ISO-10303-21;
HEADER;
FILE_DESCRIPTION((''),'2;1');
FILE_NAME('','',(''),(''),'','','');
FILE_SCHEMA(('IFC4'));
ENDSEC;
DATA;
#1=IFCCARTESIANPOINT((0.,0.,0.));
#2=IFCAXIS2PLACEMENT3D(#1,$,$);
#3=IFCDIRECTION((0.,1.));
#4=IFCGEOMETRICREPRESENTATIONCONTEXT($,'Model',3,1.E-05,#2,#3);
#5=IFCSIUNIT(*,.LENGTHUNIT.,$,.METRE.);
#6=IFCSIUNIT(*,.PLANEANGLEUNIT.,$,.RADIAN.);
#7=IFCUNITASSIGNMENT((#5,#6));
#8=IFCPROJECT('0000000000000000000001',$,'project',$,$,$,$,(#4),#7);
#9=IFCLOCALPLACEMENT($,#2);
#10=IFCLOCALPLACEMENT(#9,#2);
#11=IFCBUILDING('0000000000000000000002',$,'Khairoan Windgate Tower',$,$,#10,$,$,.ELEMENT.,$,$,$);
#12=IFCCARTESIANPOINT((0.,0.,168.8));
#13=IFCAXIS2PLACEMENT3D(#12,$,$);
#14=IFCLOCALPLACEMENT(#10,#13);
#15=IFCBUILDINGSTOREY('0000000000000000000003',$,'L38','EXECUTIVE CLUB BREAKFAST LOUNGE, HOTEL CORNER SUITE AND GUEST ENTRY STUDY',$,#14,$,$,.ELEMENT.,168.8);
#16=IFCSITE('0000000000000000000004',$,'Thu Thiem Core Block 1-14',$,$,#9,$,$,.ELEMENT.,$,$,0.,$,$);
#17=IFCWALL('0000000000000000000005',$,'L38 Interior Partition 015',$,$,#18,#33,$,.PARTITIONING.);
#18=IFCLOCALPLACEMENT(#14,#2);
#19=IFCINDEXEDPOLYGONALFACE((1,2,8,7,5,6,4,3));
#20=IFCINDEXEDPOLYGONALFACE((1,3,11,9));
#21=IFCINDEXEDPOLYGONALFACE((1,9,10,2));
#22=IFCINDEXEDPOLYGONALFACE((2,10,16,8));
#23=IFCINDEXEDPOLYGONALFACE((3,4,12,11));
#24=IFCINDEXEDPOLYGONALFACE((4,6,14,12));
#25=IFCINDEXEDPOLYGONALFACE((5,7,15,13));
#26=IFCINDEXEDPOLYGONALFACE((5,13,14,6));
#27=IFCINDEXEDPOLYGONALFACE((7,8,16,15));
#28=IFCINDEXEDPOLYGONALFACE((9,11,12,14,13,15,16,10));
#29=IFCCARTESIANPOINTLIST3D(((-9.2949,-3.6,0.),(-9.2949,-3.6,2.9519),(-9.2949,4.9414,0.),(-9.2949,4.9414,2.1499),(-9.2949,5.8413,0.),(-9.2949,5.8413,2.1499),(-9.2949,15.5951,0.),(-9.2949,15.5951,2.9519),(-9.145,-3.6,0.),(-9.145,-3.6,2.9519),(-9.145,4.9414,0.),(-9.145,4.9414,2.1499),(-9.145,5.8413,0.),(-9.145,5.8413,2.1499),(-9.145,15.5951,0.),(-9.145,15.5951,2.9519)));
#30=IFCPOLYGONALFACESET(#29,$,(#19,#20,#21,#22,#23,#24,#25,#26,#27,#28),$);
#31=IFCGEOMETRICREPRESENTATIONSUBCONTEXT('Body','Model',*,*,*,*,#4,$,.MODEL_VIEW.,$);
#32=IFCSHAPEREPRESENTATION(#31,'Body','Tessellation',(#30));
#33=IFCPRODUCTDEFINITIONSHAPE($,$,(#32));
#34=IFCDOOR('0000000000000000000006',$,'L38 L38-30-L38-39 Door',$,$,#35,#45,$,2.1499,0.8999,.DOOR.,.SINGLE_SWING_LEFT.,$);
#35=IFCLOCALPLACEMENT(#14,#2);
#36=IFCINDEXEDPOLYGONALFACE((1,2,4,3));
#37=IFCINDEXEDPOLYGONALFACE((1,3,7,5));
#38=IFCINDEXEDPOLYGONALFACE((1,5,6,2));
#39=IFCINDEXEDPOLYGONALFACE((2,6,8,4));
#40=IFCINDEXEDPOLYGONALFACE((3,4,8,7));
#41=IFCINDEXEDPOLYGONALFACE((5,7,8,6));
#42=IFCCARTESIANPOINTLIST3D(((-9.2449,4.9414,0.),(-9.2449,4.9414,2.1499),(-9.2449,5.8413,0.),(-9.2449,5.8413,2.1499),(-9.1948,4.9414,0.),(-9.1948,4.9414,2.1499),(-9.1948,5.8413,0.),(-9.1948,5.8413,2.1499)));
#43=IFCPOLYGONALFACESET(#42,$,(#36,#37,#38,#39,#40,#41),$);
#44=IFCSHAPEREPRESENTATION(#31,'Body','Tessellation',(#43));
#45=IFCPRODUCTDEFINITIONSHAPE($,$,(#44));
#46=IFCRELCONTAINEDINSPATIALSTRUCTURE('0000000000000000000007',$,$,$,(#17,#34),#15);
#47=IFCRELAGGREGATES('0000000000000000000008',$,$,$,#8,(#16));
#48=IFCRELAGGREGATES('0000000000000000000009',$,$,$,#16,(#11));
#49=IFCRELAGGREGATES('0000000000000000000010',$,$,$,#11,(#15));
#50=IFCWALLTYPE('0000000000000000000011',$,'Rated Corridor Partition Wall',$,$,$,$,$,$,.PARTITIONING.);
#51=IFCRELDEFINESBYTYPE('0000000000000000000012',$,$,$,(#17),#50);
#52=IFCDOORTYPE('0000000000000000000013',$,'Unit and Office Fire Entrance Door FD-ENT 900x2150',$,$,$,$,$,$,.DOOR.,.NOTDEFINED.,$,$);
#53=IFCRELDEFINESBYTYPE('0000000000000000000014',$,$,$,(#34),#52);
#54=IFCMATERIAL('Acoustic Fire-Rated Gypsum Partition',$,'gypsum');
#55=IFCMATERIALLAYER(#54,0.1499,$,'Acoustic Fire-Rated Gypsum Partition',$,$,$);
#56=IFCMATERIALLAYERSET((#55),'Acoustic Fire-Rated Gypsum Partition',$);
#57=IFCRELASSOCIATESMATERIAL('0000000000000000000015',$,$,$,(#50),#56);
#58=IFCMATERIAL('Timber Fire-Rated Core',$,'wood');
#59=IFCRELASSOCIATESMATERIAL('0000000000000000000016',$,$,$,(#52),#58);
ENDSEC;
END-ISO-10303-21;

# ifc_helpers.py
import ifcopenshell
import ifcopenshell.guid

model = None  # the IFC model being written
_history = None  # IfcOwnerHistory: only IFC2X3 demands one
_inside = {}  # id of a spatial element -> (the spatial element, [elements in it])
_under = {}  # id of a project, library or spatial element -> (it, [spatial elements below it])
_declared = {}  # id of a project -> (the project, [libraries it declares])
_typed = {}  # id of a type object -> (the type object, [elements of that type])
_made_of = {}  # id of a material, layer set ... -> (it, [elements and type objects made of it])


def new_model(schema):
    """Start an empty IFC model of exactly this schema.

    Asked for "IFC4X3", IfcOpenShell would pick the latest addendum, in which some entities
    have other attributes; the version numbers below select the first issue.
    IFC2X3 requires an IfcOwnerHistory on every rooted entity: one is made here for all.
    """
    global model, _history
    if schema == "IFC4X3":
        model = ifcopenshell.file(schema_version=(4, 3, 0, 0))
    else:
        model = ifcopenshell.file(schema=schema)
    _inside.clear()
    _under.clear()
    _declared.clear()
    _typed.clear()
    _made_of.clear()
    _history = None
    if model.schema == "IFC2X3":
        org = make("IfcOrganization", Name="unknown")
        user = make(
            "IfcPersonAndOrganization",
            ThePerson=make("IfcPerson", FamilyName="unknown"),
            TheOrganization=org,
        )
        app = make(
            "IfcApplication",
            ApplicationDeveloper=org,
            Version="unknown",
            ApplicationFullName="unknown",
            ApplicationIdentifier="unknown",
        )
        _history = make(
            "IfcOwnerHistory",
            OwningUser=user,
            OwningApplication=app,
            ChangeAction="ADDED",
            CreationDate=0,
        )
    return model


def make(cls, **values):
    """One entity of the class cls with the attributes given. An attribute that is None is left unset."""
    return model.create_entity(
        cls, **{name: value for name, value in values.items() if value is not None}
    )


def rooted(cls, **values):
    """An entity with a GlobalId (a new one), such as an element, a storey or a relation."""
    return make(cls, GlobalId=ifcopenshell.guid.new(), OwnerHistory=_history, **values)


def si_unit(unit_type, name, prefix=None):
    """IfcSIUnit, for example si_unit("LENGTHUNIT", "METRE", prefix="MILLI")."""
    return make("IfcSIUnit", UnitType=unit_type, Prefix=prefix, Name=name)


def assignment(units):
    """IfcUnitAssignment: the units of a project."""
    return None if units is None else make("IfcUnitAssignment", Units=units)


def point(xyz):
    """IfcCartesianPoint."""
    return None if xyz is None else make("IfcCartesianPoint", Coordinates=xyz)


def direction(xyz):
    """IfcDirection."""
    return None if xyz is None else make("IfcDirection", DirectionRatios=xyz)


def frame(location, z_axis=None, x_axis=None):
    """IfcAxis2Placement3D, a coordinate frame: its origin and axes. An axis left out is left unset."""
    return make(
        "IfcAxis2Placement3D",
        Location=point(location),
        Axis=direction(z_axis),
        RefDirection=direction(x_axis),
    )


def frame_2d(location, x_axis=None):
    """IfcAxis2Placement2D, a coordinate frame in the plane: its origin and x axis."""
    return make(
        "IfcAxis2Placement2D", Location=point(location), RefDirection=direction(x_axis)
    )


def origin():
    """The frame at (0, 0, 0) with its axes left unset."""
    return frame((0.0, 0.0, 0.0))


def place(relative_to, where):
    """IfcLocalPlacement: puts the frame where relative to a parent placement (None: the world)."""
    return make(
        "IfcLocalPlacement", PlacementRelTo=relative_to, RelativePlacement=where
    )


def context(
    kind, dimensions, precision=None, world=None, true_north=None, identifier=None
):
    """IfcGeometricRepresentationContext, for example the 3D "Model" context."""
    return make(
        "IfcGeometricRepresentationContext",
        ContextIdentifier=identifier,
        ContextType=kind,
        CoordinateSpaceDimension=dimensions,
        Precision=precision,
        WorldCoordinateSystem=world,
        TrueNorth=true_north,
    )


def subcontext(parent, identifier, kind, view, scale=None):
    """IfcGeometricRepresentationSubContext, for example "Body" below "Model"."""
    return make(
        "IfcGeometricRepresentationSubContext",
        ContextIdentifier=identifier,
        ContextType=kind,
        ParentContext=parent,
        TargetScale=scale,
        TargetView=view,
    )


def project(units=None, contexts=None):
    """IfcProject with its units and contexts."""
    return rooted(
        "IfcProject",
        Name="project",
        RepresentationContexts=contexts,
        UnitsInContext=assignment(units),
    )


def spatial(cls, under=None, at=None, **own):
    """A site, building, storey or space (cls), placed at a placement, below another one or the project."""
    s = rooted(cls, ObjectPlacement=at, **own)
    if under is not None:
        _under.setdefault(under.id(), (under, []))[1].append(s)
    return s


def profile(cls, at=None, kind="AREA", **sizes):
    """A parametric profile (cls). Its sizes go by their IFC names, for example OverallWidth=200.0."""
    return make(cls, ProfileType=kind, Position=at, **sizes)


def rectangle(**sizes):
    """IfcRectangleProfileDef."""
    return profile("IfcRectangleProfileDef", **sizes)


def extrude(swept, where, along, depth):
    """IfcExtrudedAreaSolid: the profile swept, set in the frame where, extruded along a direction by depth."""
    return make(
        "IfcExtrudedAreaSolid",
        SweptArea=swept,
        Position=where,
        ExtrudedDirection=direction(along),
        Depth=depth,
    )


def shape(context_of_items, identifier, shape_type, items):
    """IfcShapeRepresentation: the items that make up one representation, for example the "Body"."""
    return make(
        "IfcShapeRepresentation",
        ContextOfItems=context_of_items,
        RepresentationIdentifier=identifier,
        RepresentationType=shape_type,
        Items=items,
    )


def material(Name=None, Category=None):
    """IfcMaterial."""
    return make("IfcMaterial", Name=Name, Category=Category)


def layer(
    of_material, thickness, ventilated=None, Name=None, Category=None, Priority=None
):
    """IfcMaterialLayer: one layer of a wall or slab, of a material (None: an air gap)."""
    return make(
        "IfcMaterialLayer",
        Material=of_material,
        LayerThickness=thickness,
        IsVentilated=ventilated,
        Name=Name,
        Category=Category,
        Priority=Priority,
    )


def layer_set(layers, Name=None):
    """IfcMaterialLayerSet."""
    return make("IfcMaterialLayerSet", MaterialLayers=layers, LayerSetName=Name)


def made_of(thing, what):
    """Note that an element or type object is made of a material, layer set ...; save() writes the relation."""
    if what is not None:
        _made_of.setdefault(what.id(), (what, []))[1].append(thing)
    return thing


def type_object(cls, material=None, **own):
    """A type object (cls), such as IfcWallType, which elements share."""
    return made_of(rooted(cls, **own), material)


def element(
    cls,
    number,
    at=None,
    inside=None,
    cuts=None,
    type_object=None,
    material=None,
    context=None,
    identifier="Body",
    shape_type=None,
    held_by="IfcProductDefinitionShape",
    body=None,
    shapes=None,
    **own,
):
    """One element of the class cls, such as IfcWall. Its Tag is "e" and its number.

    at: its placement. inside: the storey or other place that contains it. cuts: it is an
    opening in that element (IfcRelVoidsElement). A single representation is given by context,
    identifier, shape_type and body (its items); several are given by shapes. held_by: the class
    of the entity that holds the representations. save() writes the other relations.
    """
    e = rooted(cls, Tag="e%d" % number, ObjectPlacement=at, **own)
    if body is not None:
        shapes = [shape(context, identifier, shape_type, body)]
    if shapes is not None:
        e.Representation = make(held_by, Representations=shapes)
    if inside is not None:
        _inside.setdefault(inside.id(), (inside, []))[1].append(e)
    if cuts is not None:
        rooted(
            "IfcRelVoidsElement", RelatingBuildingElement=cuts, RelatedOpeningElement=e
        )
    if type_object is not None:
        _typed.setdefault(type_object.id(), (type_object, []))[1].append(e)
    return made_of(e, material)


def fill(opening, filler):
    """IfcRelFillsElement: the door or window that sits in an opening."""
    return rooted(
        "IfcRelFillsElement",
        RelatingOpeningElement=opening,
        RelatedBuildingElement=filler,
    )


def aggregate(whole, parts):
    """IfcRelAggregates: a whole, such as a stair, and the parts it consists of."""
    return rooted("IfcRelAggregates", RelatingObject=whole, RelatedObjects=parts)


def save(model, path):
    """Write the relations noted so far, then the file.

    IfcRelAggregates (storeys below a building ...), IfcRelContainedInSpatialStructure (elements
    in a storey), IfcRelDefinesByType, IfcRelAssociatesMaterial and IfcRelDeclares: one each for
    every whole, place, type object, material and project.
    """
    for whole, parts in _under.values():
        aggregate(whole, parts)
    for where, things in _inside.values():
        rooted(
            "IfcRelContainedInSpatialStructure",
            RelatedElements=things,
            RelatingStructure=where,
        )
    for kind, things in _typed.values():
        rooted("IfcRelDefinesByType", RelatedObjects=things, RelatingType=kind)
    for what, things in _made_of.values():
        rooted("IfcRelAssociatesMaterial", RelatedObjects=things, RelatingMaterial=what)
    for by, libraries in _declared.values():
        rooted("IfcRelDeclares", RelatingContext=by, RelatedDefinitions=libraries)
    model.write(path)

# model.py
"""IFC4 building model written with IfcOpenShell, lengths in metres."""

from ifc_helpers import new_model, si_unit, direction, frame, frame_2d, origin, place, context, subcontext, project, spatial, rectangle, extrude, material, layer, layer_set, type_object, element, fill, save


model = new_model("IFC4")

# Units and contexts
model_context = context("Model", 3, precision=1e-05, world=origin(), true_north=direction((0.0, 1.0)))
body_context = subcontext(model_context, "Body", "Model", "MODEL_VIEW")
ifc_project = project(units=[si_unit("LENGTHUNIT", "METRE"), si_unit("PLANEANGLEUNIT", "RADIAN")], contexts=[model_context])

# Site, building, storey
site_placement = place(None, origin())
site = spatial("IfcSite", under=ifc_project, at=site_placement, Name="Thu Thiem Core Block 1-14", CompositionType="ELEMENT", RefElevation=0.0)
building_placement = place(site_placement, origin())
building = spatial("IfcBuilding", under=site, at=building_placement, Name="Khairoan Windgate Tower", CompositionType="ELEMENT")
storey_placement = place(building_placement, frame((0.0, 0.0, 168.8)))
storey = spatial("IfcBuildingStorey", under=building, at=storey_placement, Name="L38", Description="EXECUTIVE CLUB BREAKFAST LOUNGE, HOTEL CORNER SUITE AND GUEST ENTRY STUDY", CompositionType="ELEMENT", Elevation=168.8)

# Wall, opening, door
ifc_material_1 = material(Name="Acoustic Fire-Rated Gypsum Partition", Category="gypsum")
ifc_layer_1 = layer(ifc_material_1, 0.1499, Name="Acoustic Fire-Rated Gypsum Partition")
ifc_layer_set_1 = layer_set([ifc_layer_1], Name="Acoustic Fire-Rated Gypsum Partition")
wall_type_1 = type_object("IfcWallType", Name="Rated Corridor Partition Wall", PredefinedType="PARTITIONING", material=ifc_layer_set_1)
wall_1_placement = place(storey_placement, frame((-9.22, -3.6001, 0.0), z_axis=(0.0, 0.0, 1.0), x_axis=(0.0, 1.0, 0.0)))
wall_1 = element("IfcWall", 1, at=wall_1_placement, inside=storey, type_object=wall_type_1, Name="L38 Interior Partition 015", PredefinedType="PARTITIONING", context=body_context, shape_type="SweptSolid", body=[
    extrude(rectangle(XDim=19.1951, YDim=0.1499, at=frame_2d((9.5977, 0.0))), origin(), (0.0, 0.0, 1.0), 2.9519),
])
opening_1_placement = place(wall_1_placement, frame((8.5415, 0.0, 0.0)))
opening_1 = element("IfcOpeningElement", 2, at=opening_1_placement, cuts=wall_1, PredefinedType="OPENING", context=body_context, shape_type="SweptSolid", body=[
    extrude(rectangle(XDim=0.8999, YDim=2.1499, at=frame_2d((0.45, 1.075))), frame((0.0, 0.085, 0.0), z_axis=(0.0, -1.0, 0.0), x_axis=(1.0, 0.0, 0.0)), (0.0, 0.0, 1.0), 0.1699),
])
ifc_material_2 = material(Name="Timber Fire-Rated Core", Category="wood")
door_type_1 = type_object("IfcDoorType", Name="Unit and Office Fire Entrance Door FD-ENT 900x2150", OperationType="NOTDEFINED", PredefinedType="DOOR", material=ifc_material_2)
door_1_placement = place(opening_1_placement, origin())
door_1 = element("IfcDoor", 3, at=door_1_placement, inside=storey, type_object=door_type_1, Name="L38 L38-30-L38-39 Door", OperationType="SINGLE_SWING_LEFT", OverallHeight=2.1499, OverallWidth=0.8999, PredefinedType="DOOR", context=body_context, shape_type="SweptSolid", body=[
    extrude(rectangle(XDim=0.8999, YDim=2.1499, at=frame_2d((0.45, 1.075))), frame((0.0, 0.0249, 0.0), z_axis=(0.0, -1.0, 0.0), x_axis=(1.0, 0.0, 0.0)), (0.0, 0.0, 1.0), 0.05),
])
fill(opening_1, door_1)

save(model, "model.ifc")
